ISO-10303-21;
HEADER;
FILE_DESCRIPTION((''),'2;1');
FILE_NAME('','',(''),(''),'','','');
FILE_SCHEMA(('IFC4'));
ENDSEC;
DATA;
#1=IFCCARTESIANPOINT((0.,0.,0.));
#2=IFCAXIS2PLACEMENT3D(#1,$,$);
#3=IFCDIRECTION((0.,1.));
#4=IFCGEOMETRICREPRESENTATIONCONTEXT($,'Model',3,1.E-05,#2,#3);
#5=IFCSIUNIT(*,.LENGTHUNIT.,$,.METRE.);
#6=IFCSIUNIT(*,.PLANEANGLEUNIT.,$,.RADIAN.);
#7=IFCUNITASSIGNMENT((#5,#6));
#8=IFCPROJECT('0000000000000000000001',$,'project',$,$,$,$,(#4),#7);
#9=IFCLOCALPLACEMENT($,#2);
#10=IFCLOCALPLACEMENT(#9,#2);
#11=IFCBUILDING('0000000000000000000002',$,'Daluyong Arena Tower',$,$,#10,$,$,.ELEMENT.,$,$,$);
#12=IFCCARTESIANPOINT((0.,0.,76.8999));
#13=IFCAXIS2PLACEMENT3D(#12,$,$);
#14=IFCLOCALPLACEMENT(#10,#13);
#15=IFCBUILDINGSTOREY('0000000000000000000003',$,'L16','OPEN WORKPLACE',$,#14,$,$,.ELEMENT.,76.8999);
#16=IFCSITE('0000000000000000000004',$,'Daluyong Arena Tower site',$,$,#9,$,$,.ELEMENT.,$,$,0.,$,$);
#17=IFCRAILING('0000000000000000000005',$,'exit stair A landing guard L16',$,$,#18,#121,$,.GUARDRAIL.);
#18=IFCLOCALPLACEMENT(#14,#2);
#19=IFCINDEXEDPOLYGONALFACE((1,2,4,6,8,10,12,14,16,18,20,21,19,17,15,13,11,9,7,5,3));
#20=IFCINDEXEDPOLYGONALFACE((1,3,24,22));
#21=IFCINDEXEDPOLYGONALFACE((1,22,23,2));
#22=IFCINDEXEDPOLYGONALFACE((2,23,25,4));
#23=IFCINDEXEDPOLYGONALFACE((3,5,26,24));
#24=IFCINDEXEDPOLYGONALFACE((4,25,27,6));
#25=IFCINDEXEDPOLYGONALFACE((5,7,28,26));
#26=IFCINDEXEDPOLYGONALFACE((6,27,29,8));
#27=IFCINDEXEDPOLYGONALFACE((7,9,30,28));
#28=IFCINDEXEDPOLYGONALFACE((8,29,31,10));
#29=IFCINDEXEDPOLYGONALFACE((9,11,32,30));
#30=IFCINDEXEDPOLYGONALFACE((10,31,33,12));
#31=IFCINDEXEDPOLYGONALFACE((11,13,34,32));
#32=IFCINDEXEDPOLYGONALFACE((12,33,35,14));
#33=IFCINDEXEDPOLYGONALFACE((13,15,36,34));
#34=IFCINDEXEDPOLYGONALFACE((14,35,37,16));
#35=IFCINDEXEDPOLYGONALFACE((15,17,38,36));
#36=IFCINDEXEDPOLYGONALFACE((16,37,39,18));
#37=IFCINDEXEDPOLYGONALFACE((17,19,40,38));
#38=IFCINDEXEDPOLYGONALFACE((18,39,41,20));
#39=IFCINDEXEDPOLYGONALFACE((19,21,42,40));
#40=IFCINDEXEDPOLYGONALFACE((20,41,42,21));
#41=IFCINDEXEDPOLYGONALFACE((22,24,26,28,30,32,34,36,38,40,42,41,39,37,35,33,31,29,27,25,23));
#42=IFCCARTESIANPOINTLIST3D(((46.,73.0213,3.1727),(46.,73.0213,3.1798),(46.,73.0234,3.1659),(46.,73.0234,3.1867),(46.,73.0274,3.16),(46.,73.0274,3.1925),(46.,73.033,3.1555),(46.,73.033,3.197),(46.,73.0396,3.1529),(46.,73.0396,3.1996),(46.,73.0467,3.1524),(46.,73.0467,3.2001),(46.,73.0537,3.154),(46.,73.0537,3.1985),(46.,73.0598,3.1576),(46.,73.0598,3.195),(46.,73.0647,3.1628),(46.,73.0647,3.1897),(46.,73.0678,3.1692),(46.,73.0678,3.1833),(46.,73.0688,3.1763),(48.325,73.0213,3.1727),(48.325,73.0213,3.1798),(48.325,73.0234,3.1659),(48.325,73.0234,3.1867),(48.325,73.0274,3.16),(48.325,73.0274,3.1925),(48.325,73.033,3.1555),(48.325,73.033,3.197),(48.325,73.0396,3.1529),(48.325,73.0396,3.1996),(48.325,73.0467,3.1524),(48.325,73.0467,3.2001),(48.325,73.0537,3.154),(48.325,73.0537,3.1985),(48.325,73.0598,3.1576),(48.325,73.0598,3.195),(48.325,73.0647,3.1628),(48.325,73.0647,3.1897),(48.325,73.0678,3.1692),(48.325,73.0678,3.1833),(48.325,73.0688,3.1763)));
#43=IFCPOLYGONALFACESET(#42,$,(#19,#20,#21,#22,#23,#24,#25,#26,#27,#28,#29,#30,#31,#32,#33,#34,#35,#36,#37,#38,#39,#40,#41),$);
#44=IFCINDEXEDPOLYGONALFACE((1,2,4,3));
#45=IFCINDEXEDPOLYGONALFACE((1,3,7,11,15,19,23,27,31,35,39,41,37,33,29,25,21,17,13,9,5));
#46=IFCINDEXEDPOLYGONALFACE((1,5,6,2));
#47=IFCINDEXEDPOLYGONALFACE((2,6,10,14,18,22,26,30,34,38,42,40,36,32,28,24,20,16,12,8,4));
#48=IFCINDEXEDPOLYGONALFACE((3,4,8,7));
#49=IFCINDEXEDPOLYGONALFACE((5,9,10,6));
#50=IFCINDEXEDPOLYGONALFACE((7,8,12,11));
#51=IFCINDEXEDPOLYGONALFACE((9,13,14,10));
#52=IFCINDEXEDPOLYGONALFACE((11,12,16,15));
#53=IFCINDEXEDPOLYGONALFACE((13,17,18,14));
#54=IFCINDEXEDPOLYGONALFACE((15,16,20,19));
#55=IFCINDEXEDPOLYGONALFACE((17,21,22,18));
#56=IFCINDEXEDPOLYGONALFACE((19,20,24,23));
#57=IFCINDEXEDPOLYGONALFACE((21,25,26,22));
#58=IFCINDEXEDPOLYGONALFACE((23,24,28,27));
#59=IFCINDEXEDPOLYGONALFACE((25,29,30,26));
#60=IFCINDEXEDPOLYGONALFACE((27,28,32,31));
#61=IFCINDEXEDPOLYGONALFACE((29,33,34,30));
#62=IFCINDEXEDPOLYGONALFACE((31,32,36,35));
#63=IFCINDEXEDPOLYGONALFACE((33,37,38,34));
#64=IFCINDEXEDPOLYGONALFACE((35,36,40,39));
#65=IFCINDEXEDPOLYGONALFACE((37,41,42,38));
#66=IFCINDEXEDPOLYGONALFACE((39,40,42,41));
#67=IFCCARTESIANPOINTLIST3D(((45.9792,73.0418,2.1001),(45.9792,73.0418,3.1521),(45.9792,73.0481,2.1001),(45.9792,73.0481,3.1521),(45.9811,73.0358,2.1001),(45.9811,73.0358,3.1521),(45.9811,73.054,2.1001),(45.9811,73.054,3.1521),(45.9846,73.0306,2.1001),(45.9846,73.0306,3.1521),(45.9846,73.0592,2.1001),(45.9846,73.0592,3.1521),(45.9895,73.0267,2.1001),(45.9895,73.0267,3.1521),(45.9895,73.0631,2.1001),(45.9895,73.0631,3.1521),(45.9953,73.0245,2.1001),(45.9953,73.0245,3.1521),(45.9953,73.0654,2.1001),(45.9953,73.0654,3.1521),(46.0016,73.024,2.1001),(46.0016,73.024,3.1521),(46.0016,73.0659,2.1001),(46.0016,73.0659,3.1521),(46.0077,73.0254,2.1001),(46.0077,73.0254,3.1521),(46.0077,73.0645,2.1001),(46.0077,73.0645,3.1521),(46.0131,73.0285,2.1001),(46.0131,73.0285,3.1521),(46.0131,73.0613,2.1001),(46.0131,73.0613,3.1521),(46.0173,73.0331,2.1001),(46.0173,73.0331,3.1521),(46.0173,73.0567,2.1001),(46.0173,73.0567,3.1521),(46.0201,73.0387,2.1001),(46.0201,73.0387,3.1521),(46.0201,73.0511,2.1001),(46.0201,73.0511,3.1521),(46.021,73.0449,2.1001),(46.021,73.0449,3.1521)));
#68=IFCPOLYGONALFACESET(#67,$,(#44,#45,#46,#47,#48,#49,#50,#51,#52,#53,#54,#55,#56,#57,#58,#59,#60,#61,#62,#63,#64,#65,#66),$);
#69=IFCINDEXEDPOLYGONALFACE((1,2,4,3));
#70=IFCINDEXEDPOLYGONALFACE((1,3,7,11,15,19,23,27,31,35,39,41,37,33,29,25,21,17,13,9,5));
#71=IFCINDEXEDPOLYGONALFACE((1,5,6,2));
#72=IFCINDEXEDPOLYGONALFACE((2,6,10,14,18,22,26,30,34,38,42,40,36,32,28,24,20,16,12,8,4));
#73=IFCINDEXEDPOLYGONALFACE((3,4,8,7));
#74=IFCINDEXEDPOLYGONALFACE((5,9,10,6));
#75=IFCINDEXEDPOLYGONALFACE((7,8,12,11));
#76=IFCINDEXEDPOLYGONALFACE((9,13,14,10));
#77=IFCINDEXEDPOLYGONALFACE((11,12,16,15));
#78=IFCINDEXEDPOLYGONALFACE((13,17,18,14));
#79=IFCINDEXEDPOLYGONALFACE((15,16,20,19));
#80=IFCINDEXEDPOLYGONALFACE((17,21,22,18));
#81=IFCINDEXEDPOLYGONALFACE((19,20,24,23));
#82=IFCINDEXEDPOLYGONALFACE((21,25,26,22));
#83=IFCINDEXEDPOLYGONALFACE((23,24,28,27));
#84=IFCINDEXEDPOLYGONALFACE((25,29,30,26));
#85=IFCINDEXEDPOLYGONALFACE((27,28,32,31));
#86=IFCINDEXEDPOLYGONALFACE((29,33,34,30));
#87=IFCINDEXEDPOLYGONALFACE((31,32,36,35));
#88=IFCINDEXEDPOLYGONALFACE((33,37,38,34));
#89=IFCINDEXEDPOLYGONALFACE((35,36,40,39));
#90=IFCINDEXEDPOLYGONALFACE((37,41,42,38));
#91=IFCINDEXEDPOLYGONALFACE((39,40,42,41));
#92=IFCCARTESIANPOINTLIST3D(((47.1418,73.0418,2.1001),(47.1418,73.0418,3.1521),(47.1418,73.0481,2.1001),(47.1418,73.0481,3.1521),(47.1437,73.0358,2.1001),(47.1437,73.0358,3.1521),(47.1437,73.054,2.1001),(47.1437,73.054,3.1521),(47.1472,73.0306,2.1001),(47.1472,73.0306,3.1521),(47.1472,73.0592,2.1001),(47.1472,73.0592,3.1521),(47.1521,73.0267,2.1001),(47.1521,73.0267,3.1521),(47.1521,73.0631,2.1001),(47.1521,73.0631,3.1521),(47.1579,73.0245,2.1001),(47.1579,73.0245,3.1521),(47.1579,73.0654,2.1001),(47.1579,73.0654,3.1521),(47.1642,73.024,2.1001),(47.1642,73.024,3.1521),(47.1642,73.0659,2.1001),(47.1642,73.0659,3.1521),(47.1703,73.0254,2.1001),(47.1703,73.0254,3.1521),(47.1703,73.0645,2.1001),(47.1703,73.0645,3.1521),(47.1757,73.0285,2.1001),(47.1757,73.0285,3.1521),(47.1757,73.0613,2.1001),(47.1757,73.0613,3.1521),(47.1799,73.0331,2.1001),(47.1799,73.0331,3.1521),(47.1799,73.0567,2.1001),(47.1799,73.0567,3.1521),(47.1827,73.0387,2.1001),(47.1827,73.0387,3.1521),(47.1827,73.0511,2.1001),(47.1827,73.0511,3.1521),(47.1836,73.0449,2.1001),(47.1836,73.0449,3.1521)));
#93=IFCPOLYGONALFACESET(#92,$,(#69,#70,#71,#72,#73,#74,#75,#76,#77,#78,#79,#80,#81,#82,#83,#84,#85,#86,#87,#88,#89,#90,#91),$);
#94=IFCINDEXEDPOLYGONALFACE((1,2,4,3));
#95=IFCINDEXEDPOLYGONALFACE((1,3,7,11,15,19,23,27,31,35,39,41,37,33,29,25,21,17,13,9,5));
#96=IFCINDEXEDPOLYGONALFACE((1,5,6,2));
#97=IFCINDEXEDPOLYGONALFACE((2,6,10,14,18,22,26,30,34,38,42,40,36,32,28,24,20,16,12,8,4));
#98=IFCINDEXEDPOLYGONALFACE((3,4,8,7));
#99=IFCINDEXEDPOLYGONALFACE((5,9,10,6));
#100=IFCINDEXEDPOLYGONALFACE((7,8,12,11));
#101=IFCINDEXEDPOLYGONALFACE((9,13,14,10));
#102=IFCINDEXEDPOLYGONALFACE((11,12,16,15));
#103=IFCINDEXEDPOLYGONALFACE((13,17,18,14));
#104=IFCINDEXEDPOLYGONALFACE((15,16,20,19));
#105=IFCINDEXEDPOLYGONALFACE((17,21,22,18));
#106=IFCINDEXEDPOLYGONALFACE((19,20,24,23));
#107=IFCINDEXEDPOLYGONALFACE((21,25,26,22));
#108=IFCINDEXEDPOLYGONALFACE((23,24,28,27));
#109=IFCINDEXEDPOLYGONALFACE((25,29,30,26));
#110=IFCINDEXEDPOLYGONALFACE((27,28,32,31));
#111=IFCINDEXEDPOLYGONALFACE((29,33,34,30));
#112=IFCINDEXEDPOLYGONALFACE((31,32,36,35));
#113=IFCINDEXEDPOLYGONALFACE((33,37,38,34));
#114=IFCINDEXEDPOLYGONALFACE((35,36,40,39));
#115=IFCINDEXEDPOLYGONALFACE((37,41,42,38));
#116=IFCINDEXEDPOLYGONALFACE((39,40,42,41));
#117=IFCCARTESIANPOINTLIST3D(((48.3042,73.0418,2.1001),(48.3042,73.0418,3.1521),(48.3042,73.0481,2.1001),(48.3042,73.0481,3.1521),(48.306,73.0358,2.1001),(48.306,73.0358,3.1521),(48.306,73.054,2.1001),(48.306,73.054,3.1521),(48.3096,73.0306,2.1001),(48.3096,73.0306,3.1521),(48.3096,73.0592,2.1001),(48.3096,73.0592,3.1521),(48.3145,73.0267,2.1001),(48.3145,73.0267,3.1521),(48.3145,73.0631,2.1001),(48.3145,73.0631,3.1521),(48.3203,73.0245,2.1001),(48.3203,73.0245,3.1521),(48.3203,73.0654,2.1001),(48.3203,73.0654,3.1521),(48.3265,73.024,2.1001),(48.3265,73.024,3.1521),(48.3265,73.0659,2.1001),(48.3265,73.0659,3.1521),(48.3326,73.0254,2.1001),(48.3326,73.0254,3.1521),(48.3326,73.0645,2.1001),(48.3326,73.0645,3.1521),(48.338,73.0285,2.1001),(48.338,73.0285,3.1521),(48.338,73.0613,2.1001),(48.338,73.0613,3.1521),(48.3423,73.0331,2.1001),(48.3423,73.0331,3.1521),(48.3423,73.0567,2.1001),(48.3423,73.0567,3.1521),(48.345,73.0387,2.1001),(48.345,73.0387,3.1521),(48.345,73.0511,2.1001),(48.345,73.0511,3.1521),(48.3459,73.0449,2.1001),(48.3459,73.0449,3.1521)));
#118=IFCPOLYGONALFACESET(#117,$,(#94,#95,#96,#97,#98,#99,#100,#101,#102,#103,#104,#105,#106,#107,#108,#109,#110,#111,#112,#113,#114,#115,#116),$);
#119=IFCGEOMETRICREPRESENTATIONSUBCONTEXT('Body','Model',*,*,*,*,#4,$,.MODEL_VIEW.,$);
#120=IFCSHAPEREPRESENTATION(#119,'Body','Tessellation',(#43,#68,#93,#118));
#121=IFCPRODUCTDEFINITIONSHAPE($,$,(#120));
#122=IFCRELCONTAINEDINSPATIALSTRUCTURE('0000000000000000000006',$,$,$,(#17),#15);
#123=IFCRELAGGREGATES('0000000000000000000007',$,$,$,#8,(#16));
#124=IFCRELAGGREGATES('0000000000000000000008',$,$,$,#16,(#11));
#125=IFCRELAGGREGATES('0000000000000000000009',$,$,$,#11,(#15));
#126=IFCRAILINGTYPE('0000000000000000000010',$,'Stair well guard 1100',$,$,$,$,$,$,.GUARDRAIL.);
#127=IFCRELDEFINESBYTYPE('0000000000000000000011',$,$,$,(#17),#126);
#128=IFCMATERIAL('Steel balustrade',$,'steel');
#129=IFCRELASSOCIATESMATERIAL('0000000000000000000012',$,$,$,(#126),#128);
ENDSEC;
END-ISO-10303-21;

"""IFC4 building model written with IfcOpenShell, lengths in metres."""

from ifc_helpers import new_model, si_unit, direction, frame, origin, origin_2d, place, context, subcontext, project, spatial, circle, extrude, material, type_object, element, save


model = new_model("IFC4")

# Units and contexts
model_context = context("Model", 3, precision=1e-05, world=origin(), true_north=direction((0.0, 1.0)))
body_context = subcontext(model_context, "Body", "Model", "MODEL_VIEW")
ifc_project = project(units=[si_unit("LENGTHUNIT", "METRE"), si_unit("PLANEANGLEUNIT", "RADIAN")], contexts=[model_context])

# Site, building, storey
site_placement = place(None, origin())
site = spatial("IfcSite", under=ifc_project, at=site_placement, Name="Daluyong Arena Tower site", CompositionType="ELEMENT", RefElevation=0.0)
building_placement = place(site_placement, origin())
building = spatial("IfcBuilding", under=site, at=building_placement, Name="Daluyong Arena Tower", CompositionType="ELEMENT")
storey_placement = place(building_placement, frame((0.0, 0.0, 76.8999)))
storey = spatial("IfcBuildingStorey", under=building, at=storey_placement, Name="L16", Description="OPEN WORKPLACE", CompositionType="ELEMENT", Elevation=76.8999)

# Railing
ifc_material_1 = material(Name="Steel balustrade", Category="steel")
railing_type_1 = type_object("IfcRailingType", Name="Stair well guard 1100", PredefinedType="GUARDRAIL", material=ifc_material_1)
railing_1_placement = place(storey_placement, frame((46.0, 73.0449, 2.1001)))
element("IfcRailing", 1, at=railing_1_placement, inside=storey, type_object=railing_type_1, Name="exit stair A landing guard L16", PredefinedType="GUARDRAIL", context=body_context, shape_type="SweptSolid", body=[
    extrude(circle(Radius=0.0239, at=origin_2d()), frame((0.0, 0.0, 1.0762), z_axis=(1.0, 0.0, 0.0), x_axis=(0.0, 1.0, 0.0)), (0.0, 0.0, 1.0), 2.325),
    extrude(circle(Radius=0.021, at=origin_2d()), origin(), (0.0, 0.0, 1.0), 1.052),
    extrude(circle(Radius=0.021, at=origin_2d()), frame((1.1626, 0.0, 0.0)), (0.0, 0.0, 1.0), 1.052),
    extrude(circle(Radius=0.021, at=origin_2d()), frame((2.325, 0.0, 0.0)), (0.0, 0.0, 1.0), 1.052),
])

save(model, "model.ifc")
